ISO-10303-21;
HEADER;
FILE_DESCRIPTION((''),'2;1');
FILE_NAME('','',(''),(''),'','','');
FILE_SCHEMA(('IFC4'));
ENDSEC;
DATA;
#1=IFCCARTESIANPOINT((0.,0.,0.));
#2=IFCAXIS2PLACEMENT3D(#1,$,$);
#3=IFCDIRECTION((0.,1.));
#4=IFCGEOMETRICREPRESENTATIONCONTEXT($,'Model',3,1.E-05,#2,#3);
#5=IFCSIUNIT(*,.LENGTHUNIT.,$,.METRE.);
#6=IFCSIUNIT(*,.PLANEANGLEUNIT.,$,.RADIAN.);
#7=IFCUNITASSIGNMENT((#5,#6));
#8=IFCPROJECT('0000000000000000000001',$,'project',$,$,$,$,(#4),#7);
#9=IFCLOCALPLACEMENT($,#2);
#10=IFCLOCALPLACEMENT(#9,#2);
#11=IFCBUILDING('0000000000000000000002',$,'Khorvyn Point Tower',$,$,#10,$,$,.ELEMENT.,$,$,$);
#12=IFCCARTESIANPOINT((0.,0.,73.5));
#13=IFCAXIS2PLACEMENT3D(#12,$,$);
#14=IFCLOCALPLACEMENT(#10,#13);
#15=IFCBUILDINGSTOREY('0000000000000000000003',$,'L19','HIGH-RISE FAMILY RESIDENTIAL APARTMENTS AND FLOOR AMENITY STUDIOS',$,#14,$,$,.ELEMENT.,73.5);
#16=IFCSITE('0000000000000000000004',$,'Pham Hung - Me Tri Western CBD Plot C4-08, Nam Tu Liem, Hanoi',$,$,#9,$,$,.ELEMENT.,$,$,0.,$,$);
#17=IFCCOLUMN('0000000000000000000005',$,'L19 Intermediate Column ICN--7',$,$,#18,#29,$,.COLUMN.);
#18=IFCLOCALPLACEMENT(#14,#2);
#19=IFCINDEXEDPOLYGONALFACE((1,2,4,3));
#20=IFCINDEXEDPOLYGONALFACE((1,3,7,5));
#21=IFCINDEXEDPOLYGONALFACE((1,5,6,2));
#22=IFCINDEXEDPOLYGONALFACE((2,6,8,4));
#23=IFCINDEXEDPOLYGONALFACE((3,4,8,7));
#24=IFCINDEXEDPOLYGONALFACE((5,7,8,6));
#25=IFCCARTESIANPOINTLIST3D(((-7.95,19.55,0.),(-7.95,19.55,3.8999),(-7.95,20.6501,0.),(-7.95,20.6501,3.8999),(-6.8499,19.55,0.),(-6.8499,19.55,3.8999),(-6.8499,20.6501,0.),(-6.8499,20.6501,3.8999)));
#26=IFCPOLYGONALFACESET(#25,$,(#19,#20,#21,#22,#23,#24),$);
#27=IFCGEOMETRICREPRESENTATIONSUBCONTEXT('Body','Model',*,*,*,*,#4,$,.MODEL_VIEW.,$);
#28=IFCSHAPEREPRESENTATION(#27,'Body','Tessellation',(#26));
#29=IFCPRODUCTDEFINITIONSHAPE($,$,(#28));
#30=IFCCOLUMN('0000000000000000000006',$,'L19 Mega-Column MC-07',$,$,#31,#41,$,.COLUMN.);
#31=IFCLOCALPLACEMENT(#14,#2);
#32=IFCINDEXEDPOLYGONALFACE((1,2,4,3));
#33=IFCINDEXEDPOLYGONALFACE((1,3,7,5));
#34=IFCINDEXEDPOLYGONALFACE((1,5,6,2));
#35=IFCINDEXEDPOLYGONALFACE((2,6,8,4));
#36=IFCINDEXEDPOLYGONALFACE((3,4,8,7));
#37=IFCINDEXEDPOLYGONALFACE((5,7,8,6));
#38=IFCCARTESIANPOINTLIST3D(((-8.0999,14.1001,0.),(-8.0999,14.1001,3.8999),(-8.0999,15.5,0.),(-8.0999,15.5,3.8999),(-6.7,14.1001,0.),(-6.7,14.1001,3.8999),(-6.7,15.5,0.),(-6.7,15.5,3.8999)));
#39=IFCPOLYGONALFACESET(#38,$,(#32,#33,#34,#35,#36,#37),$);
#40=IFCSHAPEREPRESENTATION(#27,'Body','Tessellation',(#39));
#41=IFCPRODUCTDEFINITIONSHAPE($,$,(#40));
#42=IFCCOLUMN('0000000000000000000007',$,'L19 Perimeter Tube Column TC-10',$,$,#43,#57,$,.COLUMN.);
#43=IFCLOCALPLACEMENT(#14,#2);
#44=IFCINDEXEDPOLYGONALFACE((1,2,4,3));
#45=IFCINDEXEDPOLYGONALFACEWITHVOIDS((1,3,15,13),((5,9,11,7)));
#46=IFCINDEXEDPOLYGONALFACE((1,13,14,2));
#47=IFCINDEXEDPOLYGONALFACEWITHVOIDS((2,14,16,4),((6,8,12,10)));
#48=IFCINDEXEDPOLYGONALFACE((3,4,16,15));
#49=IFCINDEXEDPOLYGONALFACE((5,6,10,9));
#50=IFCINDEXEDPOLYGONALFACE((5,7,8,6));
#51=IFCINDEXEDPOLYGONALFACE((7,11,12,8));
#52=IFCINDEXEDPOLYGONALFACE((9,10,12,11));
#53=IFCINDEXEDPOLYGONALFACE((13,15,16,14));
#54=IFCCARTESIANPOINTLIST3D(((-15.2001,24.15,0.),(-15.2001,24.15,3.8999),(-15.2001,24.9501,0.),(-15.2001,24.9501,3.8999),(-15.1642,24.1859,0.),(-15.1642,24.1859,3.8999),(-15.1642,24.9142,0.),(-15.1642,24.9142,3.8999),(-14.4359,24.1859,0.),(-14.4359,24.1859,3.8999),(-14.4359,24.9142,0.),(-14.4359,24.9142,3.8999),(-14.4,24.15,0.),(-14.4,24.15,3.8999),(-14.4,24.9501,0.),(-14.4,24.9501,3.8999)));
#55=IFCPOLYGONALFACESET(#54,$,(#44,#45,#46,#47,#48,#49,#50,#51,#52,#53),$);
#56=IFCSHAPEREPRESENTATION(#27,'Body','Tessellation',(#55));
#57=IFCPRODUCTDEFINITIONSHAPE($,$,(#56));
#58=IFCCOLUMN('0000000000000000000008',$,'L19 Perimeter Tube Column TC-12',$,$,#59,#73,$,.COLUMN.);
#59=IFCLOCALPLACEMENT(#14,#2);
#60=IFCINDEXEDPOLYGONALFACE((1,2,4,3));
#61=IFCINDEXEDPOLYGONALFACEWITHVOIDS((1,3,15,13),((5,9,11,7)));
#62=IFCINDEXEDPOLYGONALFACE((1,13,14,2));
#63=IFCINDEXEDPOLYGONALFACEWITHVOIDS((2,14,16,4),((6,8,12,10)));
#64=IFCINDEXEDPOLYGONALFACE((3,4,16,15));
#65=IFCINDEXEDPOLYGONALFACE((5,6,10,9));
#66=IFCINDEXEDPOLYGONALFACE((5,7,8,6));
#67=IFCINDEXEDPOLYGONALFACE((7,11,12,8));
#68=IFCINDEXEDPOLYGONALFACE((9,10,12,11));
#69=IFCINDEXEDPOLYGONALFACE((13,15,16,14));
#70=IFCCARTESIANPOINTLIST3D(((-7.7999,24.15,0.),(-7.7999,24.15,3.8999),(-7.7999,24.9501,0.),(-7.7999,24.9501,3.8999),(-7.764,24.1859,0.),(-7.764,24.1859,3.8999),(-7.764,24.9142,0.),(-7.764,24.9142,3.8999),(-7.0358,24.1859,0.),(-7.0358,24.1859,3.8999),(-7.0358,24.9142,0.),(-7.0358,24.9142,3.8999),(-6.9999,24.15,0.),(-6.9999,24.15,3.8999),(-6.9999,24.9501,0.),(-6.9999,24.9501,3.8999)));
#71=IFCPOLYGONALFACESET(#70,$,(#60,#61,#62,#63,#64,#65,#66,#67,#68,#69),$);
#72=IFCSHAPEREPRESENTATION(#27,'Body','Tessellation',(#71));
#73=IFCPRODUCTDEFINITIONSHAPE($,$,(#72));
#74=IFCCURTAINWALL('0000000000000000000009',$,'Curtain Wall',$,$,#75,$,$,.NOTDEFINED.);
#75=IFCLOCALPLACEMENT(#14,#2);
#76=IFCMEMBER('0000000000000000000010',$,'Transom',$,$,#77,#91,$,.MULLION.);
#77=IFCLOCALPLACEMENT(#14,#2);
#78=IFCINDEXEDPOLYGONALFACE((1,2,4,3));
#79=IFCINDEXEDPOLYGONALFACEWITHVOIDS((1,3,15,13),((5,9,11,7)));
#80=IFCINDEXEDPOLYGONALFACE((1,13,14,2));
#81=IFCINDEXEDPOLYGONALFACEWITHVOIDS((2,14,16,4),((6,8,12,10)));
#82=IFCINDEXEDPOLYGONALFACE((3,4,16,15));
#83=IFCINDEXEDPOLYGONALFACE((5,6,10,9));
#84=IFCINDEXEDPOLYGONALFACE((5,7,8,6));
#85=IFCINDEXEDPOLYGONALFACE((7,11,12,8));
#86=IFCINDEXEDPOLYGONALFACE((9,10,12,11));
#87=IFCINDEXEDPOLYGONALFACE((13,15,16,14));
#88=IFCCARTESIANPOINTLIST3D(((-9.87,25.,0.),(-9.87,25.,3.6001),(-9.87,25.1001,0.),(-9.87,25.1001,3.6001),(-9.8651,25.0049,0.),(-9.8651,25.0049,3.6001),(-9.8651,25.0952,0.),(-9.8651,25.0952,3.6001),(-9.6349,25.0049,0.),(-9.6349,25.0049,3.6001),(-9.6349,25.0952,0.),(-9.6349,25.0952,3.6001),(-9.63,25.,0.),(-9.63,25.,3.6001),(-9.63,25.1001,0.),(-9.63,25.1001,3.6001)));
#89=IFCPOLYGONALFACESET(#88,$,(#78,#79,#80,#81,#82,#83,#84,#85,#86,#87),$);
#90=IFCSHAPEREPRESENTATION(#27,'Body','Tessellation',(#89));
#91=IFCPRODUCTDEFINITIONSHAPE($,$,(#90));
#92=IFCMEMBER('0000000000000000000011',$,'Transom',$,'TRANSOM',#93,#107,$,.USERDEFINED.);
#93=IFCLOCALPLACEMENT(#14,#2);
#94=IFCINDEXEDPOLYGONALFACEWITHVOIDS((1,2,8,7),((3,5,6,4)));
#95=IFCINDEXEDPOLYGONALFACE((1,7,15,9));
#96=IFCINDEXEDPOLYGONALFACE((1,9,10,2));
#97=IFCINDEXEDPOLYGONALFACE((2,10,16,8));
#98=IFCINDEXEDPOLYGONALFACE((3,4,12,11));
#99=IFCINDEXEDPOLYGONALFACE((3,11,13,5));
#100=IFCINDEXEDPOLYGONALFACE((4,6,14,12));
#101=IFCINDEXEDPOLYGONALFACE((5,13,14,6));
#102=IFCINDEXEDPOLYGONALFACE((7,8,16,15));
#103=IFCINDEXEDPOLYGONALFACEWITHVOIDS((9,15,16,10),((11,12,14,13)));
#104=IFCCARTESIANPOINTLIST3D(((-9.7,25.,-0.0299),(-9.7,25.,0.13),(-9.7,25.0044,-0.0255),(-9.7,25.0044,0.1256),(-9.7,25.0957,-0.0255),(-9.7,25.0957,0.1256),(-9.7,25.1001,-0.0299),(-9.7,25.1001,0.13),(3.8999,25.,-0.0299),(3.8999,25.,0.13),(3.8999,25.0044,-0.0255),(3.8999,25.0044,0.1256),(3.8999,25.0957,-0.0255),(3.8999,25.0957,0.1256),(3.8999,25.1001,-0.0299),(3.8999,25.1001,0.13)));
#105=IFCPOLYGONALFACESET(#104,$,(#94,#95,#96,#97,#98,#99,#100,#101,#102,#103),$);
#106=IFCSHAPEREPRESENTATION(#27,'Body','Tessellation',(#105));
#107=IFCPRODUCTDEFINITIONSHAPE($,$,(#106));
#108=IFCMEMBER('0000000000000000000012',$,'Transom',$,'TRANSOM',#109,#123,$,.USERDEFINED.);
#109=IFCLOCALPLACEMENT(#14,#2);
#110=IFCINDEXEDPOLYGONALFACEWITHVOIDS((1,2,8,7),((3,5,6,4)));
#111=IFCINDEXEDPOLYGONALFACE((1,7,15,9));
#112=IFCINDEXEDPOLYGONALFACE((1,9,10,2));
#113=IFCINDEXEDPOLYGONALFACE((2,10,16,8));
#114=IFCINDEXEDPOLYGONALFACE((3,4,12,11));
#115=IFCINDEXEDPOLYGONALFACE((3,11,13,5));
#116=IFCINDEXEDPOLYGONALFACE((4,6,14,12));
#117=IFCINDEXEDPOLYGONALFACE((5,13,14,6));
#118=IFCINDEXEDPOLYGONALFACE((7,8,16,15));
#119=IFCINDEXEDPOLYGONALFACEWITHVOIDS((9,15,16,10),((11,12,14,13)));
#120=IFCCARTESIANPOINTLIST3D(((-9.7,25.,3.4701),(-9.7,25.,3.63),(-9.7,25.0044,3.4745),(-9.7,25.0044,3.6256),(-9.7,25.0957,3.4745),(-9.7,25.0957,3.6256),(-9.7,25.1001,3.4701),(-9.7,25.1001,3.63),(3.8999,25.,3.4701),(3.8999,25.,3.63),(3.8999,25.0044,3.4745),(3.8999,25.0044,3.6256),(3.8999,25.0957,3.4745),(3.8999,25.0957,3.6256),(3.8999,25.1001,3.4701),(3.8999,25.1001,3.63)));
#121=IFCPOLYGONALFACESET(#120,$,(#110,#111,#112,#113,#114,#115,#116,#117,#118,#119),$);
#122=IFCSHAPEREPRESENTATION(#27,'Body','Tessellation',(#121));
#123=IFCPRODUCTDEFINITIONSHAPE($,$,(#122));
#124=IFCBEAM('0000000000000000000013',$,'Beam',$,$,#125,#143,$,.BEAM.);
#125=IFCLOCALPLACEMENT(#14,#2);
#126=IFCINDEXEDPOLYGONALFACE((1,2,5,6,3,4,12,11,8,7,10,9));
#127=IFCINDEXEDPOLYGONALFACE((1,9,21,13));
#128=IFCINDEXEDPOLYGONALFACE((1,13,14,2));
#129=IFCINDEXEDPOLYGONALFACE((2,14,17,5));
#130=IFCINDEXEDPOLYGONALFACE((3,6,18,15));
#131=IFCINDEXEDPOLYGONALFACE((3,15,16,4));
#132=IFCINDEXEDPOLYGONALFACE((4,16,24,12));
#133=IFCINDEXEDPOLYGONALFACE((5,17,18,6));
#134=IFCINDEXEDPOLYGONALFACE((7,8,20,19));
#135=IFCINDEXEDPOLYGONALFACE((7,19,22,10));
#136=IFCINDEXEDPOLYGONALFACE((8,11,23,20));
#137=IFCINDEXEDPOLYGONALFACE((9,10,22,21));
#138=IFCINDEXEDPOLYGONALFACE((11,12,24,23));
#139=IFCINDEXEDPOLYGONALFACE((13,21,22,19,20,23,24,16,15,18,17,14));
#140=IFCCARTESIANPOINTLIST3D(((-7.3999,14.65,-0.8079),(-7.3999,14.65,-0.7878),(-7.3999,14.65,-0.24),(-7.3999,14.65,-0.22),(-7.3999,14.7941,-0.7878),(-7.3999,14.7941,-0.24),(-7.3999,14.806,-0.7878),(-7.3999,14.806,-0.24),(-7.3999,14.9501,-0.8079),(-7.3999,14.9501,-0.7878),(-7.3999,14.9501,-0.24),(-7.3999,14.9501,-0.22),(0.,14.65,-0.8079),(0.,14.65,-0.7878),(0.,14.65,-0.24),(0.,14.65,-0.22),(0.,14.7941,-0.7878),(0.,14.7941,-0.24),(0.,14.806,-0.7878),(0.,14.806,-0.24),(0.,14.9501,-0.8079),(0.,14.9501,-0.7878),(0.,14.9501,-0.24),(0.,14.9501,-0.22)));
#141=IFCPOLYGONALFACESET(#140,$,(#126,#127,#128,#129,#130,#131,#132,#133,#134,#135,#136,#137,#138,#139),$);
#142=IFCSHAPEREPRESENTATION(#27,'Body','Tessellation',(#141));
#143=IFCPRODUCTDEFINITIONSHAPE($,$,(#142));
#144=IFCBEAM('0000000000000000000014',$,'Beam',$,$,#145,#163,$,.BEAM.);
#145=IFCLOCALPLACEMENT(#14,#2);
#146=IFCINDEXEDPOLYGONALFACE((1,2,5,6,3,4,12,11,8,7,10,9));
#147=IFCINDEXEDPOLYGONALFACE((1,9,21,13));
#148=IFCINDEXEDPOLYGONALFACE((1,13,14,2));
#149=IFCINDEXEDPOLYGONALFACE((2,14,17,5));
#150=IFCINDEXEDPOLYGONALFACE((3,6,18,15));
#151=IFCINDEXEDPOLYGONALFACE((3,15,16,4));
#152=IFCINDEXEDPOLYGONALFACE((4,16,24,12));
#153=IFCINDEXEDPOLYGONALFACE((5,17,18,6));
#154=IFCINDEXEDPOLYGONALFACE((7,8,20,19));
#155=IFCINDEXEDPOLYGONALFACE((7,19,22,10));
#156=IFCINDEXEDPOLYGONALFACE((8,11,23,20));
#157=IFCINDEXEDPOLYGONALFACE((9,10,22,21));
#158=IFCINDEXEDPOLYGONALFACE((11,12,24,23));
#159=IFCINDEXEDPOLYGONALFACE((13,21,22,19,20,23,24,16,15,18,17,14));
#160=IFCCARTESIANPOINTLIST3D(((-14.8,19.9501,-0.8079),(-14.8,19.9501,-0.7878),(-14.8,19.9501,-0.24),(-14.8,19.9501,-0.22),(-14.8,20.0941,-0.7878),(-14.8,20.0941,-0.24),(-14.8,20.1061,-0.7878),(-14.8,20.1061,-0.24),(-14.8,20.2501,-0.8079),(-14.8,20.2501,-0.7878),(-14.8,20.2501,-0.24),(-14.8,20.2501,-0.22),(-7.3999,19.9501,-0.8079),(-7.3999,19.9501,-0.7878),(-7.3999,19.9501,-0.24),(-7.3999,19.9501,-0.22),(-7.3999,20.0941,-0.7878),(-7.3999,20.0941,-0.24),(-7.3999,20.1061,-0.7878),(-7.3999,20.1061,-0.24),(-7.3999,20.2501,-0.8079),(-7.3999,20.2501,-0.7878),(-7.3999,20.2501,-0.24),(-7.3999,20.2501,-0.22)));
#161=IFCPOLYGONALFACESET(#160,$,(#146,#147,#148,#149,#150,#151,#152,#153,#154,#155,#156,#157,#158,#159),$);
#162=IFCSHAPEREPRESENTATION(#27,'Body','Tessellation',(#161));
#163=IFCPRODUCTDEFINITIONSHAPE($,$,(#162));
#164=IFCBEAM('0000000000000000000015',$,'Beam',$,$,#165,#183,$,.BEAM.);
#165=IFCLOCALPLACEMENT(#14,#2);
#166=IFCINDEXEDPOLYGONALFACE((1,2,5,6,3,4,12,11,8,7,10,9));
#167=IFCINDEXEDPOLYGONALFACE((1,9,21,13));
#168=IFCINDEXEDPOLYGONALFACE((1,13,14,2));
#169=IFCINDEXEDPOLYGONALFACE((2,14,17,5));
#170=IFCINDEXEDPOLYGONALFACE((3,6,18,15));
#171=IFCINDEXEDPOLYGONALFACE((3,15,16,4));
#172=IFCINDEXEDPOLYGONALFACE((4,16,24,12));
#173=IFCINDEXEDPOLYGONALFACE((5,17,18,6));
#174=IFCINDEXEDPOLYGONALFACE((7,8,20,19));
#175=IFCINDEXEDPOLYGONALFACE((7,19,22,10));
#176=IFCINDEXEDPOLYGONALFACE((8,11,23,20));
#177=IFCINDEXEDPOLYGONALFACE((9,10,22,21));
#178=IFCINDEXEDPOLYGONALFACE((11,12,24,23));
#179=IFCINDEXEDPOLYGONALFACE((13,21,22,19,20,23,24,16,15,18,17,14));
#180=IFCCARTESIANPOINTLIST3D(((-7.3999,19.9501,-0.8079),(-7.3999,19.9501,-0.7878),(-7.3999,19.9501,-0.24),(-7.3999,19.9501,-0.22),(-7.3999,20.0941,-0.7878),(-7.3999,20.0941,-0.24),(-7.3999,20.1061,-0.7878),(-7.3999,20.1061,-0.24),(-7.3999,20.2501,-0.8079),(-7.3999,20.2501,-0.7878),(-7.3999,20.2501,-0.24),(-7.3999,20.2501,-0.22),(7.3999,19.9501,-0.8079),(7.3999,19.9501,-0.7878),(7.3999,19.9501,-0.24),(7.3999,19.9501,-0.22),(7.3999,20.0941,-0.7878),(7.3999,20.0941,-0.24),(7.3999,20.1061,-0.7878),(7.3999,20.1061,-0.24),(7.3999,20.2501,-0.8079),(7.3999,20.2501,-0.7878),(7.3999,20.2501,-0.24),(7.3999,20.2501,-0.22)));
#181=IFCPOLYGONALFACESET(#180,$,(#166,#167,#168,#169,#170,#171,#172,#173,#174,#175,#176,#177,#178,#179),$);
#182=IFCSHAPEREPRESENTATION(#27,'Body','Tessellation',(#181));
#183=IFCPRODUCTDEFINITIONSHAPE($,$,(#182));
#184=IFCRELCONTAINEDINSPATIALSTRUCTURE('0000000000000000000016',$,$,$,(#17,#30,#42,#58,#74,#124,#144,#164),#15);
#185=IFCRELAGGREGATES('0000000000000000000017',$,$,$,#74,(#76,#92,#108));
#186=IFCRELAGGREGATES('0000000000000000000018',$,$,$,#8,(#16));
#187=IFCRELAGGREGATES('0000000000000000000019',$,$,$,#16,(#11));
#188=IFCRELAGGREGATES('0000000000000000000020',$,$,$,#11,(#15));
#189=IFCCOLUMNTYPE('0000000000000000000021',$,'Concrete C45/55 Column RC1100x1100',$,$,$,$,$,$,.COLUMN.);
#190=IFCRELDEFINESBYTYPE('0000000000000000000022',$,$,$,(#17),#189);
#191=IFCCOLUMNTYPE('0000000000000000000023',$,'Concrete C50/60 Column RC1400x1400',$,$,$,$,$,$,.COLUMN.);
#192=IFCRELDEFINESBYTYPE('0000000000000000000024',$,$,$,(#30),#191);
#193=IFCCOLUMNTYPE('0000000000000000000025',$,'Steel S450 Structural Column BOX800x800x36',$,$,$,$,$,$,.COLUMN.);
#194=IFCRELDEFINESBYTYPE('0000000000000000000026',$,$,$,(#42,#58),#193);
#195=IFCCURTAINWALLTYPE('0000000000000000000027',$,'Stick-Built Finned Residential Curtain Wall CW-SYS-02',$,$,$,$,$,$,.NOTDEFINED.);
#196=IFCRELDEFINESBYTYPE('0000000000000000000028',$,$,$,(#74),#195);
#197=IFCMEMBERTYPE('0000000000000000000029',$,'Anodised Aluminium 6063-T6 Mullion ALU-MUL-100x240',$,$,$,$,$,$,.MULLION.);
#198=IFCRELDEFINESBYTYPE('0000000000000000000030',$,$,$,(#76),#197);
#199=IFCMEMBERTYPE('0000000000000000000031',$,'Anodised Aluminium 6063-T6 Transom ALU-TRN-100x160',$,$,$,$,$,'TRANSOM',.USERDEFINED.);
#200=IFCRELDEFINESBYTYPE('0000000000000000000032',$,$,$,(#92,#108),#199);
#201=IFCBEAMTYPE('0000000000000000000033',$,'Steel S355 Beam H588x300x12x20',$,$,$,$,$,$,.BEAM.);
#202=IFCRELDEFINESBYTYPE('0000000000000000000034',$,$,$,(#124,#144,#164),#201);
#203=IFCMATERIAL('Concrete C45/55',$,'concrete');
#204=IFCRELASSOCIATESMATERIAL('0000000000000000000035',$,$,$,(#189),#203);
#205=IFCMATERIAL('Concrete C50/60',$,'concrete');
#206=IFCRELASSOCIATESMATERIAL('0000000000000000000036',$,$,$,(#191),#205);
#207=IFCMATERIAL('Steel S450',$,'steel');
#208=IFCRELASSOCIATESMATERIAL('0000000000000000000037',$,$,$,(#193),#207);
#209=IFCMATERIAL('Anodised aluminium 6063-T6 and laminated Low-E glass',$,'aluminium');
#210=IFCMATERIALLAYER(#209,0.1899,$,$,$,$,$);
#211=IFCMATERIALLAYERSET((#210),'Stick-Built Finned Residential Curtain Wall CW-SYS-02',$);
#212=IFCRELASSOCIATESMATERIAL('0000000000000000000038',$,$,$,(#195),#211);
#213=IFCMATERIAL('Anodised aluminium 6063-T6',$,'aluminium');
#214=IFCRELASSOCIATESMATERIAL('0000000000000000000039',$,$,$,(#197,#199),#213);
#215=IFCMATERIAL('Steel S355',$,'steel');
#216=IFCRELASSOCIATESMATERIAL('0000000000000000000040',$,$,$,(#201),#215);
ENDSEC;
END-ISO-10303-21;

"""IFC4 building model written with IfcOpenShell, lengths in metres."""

from ifc_helpers import new_model, si_unit, direction, frame, origin, origin_2d, place, context, subcontext, project, spatial, rectangle, hollow_rectangle, i_section, extrude, material, layer, layer_set, material_profile, profile_set, type_object, element, aggregate, save


model = new_model("IFC4")

# Units and contexts
model_context = context("Model", 3, precision=1e-05, world=origin(), true_north=direction((0.0, 1.0)))
body_context = subcontext(model_context, "Body", "Model", "MODEL_VIEW")
ifc_project = project(units=[si_unit("LENGTHUNIT", "METRE"), si_unit("PLANEANGLEUNIT", "RADIAN")], contexts=[model_context])

# Site, building, storey
site_placement = place(None, origin())
site = spatial("IfcSite", under=ifc_project, at=site_placement, Name="Pham Hung - Me Tri Western CBD Plot C4-08, Nam Tu Liem, Hanoi", CompositionType="ELEMENT", RefElevation=0.0)
building_placement = place(site_placement, origin())
building = spatial("IfcBuilding", under=site, at=building_placement, Name="Khorvyn Point Tower", CompositionType="ELEMENT")
storey_placement = place(building_placement, frame((0.0, 0.0, 73.5)))
storey = spatial("IfcBuildingStorey", under=building, at=storey_placement, Name="L19", Description="HIGH-RISE FAMILY RESIDENTIAL APARTMENTS AND FLOOR AMENITY STUDIOS", CompositionType="ELEMENT", Elevation=73.5)

# Columns
ifc_material_1 = material(Name="Concrete C45/55", Category="concrete")
ifc_material_profile_1 = material_profile(ifc_material_1, rectangle(XDim=1.1001, YDim=1.1001, at=origin_2d()))
ifc_profile_set_1 = profile_set([ifc_material_profile_1], Name="Concrete C45/55 RC1100x1100")
column_type_1 = type_object("IfcColumnType", Name="Concrete C45/55 Column RC1100x1100", PredefinedType="COLUMN", material=ifc_profile_set_1)
column_1_placement = place(storey_placement, frame((-7.3999, 20.1001, 0.0), z_axis=(0.0, 0.0, 1.0), x_axis=(1.0, 0.0, 0.0)))
element("IfcColumn", 1, at=column_1_placement, inside=storey, type_object=column_type_1, Name="L19 Intermediate Column ICN--7", PredefinedType="COLUMN", context=body_context, shape_type="SweptSolid", body=[
    extrude(rectangle(XDim=1.1001, YDim=1.1001, at=origin_2d()), origin(), (0.0, 0.0, 1.0), 3.8999),
])
ifc_material_2 = material(Name="Concrete C50/60", Category="concrete")
ifc_material_profile_2 = material_profile(ifc_material_2, rectangle(XDim=1.3999, YDim=1.3999, at=origin_2d()))
ifc_profile_set_2 = profile_set([ifc_material_profile_2], Name="Concrete C50/60 RC1400x1400")
column_type_2 = type_object("IfcColumnType", Name="Concrete C50/60 Column RC1400x1400", PredefinedType="COLUMN", material=ifc_profile_set_2)
column_2_placement = place(storey_placement, frame((-7.3999, 14.8, 0.0), z_axis=(0.0, 0.0, 1.0), x_axis=(1.0, 0.0, 0.0)))
element("IfcColumn", 2, at=column_2_placement, inside=storey, type_object=column_type_2, Name="L19 Mega-Column MC-07", PredefinedType="COLUMN", context=body_context, shape_type="SweptSolid", body=[
    extrude(rectangle(XDim=1.3999, YDim=1.3999, at=origin_2d()), origin(), (0.0, 0.0, 1.0), 3.8999),
])
ifc_material_3 = material(Name="Steel S450", Category="steel")
ifc_material_profile_3 = material_profile(ifc_material_3, hollow_rectangle(XDim=0.8, YDim=0.8, WallThickness=0.0359, at=origin_2d()))
ifc_profile_set_3 = profile_set([ifc_material_profile_3], Name="Steel S450 BOX800x800x36")
column_type_3 = type_object("IfcColumnType", Name="Steel S450 Structural Column BOX800x800x36", PredefinedType="COLUMN", material=ifc_profile_set_3)
for number, where, z_axis, x_axis, name in (
    (3, (-14.8, 24.55, 0.0), (0.0, 0.0, 1.0), (1.0, 0.0, 0.0), "L19 Perimeter Tube Column TC-10"),
    (4, (-7.3999, 24.55, 0.0), (0.0, 0.0, 1.0), (1.0, 0.0, 0.0), "L19 Perimeter Tube Column TC-12"),
):
    element("IfcColumn", number, at=place(storey_placement, frame(where, z_axis=z_axis, x_axis=x_axis)), inside=storey, type_object=column_type_3, Name=name, PredefinedType="COLUMN", context=body_context, shape_type="SweptSolid", body=[
        extrude(hollow_rectangle(XDim=0.8, YDim=0.8, WallThickness=0.0359, at=origin_2d()), origin(), (0.0, 0.0, 1.0), 3.8999),
    ])

# Curtain wall, members
ifc_material_4 = material(Name="Anodised aluminium 6063-T6 and laminated Low-E glass", Category="aluminium")
ifc_layer_1 = layer(ifc_material_4, 0.1899)
ifc_layer_set_1 = layer_set([ifc_layer_1], Name="Stick-Built Finned Residential Curtain Wall CW-SYS-02")
curtain_wall_type = type_object("IfcCurtainWallType", Name="Stick-Built Finned Residential Curtain Wall CW-SYS-02", PredefinedType="NOTDEFINED", material=ifc_layer_set_1)
curtain_wall_placement = place(storey_placement, origin())
curtain_wall = element("IfcCurtainWall", 5, at=curtain_wall_placement, inside=storey, type_object=curtain_wall_type, Name="Curtain Wall", PredefinedType="NOTDEFINED")
ifc_material_5 = material(Name="Anodised aluminium 6063-T6", Category="aluminium")
ifc_material_profile_4 = material_profile(ifc_material_5, hollow_rectangle(XDim=0.1001, YDim=0.24, WallThickness=0.0049, at=origin_2d()))
ifc_profile_set_4 = profile_set([ifc_material_profile_4], Name="Anodised aluminium 6063-T6 ALU-MUL-100x240")
member_type_1 = type_object("IfcMemberType", Name="Anodised Aluminium 6063-T6 Mullion ALU-MUL-100x240", PredefinedType="MULLION", material=ifc_profile_set_4)
member_1_placement = place(storey_placement, frame((-9.75, 25.05, 0.0), z_axis=(0.0, 0.0, 1.0), x_axis=(0.0, 1.0, 0.0)))
member_1 = element("IfcMember", 6, at=member_1_placement, type_object=member_type_1, Name="Transom", PredefinedType="MULLION", context=body_context, shape_type="SweptSolid", body=[
    extrude(hollow_rectangle(XDim=0.1001, YDim=0.24, WallThickness=0.0049, at=origin_2d()), origin(), (0.0, 0.0, 1.0), 3.6001),
])
ifc_material_profile_5 = material_profile(ifc_material_5, hollow_rectangle(XDim=0.1001, YDim=0.1599, WallThickness=0.0044, at=origin_2d()))
ifc_profile_set_5 = profile_set([ifc_material_profile_5], Name="Anodised aluminium 6063-T6 ALU-TRN-100x160")
member_type_2 = type_object("IfcMemberType", Name="Anodised Aluminium 6063-T6 Transom ALU-TRN-100x160", ElementType="TRANSOM", PredefinedType="USERDEFINED", material=ifc_profile_set_5)
member_2_placement = place(storey_placement, frame((-9.7, 25.05, 0.05), z_axis=(1.0, 0.0, 0.0), x_axis=(0.0, 1.0, 0.0)))
member_2 = element("IfcMember", 7, at=member_2_placement, type_object=member_type_2, Name="Transom", ObjectType="TRANSOM", PredefinedType="USERDEFINED", context=body_context, shape_type="SweptSolid", body=[
    extrude(hollow_rectangle(XDim=0.1001, YDim=0.1599, WallThickness=0.0044, at=origin_2d()), origin(), (0.0, 0.0, 1.0), 13.5999),
])
member_3_placement = place(storey_placement, frame((-9.7, 25.05, 3.55), z_axis=(1.0, 0.0, 0.0), x_axis=(0.0, 1.0, 0.0)))
member_3 = element("IfcMember", 8, at=member_3_placement, type_object=member_type_2, Name="Transom", ObjectType="TRANSOM", PredefinedType="USERDEFINED", context=body_context, shape_type="SweptSolid", body=[
    extrude(hollow_rectangle(XDim=0.1001, YDim=0.1599, WallThickness=0.0044, at=origin_2d()), origin(), (0.0, 0.0, 1.0), 13.5999),
])

# Beams
ifc_material_6 = material(Name="Steel S355", Category="steel")
ifc_material_profile_6 = material_profile(ifc_material_6, i_section(OverallWidth=0.3, OverallDepth=0.5879, WebThickness=0.012, FlangeThickness=0.02, at=origin_2d()))
ifc_profile_set_6 = profile_set([ifc_material_profile_6], Name="Steel S355 H588x300x12x20")
beam_type_1 = type_object("IfcBeamType", Name="Steel S355 Beam H588x300x12x20", PredefinedType="BEAM", material=ifc_profile_set_6)
beam_1_placement = place(storey_placement, frame((-7.3999, 14.8, -0.5139), z_axis=(1.0, 0.0, 0.0), x_axis=(0.0, 1.0, 0.0)))
element("IfcBeam", 9, at=beam_1_placement, inside=storey, type_object=beam_type_1, Name="Beam", PredefinedType="BEAM", context=body_context, shape_type="SweptSolid", body=[
    extrude(i_section(OverallWidth=0.3, OverallDepth=0.5879, WebThickness=0.012, FlangeThickness=0.02, at=origin_2d()), origin(), (0.0, 0.0, 1.0), 7.3999),
])
beam_2_placement = place(storey_placement, frame((-14.8, 20.1001, -0.5139), z_axis=(1.0, 0.0, 0.0), x_axis=(0.0, 1.0, 0.0)))
element("IfcBeam", 10, at=beam_2_placement, inside=storey, type_object=beam_type_1, Name="Beam", PredefinedType="BEAM", context=body_context, shape_type="SweptSolid", body=[
    extrude(i_section(OverallWidth=0.3, OverallDepth=0.5879, WebThickness=0.012, FlangeThickness=0.02, at=origin_2d()), origin(), (0.0, 0.0, 1.0), 7.4001),
])
beam_3_placement = place(storey_placement, frame((-7.3999, 20.1001, -0.5139), z_axis=(1.0, 0.0, 0.0), x_axis=(0.0, 1.0, 0.0)))
element("IfcBeam", 11, at=beam_3_placement, inside=storey, type_object=beam_type_1, Name="Beam", PredefinedType="BEAM", context=body_context, shape_type="SweptSolid", body=[
    extrude(i_section(OverallWidth=0.3, OverallDepth=0.5879, WebThickness=0.012, FlangeThickness=0.02, at=origin_2d()), origin(), (0.0, 0.0, 1.0), 14.7998),
])

aggregate(curtain_wall, [member_1, member_2, member_3])

save(model, "model.ifc")
